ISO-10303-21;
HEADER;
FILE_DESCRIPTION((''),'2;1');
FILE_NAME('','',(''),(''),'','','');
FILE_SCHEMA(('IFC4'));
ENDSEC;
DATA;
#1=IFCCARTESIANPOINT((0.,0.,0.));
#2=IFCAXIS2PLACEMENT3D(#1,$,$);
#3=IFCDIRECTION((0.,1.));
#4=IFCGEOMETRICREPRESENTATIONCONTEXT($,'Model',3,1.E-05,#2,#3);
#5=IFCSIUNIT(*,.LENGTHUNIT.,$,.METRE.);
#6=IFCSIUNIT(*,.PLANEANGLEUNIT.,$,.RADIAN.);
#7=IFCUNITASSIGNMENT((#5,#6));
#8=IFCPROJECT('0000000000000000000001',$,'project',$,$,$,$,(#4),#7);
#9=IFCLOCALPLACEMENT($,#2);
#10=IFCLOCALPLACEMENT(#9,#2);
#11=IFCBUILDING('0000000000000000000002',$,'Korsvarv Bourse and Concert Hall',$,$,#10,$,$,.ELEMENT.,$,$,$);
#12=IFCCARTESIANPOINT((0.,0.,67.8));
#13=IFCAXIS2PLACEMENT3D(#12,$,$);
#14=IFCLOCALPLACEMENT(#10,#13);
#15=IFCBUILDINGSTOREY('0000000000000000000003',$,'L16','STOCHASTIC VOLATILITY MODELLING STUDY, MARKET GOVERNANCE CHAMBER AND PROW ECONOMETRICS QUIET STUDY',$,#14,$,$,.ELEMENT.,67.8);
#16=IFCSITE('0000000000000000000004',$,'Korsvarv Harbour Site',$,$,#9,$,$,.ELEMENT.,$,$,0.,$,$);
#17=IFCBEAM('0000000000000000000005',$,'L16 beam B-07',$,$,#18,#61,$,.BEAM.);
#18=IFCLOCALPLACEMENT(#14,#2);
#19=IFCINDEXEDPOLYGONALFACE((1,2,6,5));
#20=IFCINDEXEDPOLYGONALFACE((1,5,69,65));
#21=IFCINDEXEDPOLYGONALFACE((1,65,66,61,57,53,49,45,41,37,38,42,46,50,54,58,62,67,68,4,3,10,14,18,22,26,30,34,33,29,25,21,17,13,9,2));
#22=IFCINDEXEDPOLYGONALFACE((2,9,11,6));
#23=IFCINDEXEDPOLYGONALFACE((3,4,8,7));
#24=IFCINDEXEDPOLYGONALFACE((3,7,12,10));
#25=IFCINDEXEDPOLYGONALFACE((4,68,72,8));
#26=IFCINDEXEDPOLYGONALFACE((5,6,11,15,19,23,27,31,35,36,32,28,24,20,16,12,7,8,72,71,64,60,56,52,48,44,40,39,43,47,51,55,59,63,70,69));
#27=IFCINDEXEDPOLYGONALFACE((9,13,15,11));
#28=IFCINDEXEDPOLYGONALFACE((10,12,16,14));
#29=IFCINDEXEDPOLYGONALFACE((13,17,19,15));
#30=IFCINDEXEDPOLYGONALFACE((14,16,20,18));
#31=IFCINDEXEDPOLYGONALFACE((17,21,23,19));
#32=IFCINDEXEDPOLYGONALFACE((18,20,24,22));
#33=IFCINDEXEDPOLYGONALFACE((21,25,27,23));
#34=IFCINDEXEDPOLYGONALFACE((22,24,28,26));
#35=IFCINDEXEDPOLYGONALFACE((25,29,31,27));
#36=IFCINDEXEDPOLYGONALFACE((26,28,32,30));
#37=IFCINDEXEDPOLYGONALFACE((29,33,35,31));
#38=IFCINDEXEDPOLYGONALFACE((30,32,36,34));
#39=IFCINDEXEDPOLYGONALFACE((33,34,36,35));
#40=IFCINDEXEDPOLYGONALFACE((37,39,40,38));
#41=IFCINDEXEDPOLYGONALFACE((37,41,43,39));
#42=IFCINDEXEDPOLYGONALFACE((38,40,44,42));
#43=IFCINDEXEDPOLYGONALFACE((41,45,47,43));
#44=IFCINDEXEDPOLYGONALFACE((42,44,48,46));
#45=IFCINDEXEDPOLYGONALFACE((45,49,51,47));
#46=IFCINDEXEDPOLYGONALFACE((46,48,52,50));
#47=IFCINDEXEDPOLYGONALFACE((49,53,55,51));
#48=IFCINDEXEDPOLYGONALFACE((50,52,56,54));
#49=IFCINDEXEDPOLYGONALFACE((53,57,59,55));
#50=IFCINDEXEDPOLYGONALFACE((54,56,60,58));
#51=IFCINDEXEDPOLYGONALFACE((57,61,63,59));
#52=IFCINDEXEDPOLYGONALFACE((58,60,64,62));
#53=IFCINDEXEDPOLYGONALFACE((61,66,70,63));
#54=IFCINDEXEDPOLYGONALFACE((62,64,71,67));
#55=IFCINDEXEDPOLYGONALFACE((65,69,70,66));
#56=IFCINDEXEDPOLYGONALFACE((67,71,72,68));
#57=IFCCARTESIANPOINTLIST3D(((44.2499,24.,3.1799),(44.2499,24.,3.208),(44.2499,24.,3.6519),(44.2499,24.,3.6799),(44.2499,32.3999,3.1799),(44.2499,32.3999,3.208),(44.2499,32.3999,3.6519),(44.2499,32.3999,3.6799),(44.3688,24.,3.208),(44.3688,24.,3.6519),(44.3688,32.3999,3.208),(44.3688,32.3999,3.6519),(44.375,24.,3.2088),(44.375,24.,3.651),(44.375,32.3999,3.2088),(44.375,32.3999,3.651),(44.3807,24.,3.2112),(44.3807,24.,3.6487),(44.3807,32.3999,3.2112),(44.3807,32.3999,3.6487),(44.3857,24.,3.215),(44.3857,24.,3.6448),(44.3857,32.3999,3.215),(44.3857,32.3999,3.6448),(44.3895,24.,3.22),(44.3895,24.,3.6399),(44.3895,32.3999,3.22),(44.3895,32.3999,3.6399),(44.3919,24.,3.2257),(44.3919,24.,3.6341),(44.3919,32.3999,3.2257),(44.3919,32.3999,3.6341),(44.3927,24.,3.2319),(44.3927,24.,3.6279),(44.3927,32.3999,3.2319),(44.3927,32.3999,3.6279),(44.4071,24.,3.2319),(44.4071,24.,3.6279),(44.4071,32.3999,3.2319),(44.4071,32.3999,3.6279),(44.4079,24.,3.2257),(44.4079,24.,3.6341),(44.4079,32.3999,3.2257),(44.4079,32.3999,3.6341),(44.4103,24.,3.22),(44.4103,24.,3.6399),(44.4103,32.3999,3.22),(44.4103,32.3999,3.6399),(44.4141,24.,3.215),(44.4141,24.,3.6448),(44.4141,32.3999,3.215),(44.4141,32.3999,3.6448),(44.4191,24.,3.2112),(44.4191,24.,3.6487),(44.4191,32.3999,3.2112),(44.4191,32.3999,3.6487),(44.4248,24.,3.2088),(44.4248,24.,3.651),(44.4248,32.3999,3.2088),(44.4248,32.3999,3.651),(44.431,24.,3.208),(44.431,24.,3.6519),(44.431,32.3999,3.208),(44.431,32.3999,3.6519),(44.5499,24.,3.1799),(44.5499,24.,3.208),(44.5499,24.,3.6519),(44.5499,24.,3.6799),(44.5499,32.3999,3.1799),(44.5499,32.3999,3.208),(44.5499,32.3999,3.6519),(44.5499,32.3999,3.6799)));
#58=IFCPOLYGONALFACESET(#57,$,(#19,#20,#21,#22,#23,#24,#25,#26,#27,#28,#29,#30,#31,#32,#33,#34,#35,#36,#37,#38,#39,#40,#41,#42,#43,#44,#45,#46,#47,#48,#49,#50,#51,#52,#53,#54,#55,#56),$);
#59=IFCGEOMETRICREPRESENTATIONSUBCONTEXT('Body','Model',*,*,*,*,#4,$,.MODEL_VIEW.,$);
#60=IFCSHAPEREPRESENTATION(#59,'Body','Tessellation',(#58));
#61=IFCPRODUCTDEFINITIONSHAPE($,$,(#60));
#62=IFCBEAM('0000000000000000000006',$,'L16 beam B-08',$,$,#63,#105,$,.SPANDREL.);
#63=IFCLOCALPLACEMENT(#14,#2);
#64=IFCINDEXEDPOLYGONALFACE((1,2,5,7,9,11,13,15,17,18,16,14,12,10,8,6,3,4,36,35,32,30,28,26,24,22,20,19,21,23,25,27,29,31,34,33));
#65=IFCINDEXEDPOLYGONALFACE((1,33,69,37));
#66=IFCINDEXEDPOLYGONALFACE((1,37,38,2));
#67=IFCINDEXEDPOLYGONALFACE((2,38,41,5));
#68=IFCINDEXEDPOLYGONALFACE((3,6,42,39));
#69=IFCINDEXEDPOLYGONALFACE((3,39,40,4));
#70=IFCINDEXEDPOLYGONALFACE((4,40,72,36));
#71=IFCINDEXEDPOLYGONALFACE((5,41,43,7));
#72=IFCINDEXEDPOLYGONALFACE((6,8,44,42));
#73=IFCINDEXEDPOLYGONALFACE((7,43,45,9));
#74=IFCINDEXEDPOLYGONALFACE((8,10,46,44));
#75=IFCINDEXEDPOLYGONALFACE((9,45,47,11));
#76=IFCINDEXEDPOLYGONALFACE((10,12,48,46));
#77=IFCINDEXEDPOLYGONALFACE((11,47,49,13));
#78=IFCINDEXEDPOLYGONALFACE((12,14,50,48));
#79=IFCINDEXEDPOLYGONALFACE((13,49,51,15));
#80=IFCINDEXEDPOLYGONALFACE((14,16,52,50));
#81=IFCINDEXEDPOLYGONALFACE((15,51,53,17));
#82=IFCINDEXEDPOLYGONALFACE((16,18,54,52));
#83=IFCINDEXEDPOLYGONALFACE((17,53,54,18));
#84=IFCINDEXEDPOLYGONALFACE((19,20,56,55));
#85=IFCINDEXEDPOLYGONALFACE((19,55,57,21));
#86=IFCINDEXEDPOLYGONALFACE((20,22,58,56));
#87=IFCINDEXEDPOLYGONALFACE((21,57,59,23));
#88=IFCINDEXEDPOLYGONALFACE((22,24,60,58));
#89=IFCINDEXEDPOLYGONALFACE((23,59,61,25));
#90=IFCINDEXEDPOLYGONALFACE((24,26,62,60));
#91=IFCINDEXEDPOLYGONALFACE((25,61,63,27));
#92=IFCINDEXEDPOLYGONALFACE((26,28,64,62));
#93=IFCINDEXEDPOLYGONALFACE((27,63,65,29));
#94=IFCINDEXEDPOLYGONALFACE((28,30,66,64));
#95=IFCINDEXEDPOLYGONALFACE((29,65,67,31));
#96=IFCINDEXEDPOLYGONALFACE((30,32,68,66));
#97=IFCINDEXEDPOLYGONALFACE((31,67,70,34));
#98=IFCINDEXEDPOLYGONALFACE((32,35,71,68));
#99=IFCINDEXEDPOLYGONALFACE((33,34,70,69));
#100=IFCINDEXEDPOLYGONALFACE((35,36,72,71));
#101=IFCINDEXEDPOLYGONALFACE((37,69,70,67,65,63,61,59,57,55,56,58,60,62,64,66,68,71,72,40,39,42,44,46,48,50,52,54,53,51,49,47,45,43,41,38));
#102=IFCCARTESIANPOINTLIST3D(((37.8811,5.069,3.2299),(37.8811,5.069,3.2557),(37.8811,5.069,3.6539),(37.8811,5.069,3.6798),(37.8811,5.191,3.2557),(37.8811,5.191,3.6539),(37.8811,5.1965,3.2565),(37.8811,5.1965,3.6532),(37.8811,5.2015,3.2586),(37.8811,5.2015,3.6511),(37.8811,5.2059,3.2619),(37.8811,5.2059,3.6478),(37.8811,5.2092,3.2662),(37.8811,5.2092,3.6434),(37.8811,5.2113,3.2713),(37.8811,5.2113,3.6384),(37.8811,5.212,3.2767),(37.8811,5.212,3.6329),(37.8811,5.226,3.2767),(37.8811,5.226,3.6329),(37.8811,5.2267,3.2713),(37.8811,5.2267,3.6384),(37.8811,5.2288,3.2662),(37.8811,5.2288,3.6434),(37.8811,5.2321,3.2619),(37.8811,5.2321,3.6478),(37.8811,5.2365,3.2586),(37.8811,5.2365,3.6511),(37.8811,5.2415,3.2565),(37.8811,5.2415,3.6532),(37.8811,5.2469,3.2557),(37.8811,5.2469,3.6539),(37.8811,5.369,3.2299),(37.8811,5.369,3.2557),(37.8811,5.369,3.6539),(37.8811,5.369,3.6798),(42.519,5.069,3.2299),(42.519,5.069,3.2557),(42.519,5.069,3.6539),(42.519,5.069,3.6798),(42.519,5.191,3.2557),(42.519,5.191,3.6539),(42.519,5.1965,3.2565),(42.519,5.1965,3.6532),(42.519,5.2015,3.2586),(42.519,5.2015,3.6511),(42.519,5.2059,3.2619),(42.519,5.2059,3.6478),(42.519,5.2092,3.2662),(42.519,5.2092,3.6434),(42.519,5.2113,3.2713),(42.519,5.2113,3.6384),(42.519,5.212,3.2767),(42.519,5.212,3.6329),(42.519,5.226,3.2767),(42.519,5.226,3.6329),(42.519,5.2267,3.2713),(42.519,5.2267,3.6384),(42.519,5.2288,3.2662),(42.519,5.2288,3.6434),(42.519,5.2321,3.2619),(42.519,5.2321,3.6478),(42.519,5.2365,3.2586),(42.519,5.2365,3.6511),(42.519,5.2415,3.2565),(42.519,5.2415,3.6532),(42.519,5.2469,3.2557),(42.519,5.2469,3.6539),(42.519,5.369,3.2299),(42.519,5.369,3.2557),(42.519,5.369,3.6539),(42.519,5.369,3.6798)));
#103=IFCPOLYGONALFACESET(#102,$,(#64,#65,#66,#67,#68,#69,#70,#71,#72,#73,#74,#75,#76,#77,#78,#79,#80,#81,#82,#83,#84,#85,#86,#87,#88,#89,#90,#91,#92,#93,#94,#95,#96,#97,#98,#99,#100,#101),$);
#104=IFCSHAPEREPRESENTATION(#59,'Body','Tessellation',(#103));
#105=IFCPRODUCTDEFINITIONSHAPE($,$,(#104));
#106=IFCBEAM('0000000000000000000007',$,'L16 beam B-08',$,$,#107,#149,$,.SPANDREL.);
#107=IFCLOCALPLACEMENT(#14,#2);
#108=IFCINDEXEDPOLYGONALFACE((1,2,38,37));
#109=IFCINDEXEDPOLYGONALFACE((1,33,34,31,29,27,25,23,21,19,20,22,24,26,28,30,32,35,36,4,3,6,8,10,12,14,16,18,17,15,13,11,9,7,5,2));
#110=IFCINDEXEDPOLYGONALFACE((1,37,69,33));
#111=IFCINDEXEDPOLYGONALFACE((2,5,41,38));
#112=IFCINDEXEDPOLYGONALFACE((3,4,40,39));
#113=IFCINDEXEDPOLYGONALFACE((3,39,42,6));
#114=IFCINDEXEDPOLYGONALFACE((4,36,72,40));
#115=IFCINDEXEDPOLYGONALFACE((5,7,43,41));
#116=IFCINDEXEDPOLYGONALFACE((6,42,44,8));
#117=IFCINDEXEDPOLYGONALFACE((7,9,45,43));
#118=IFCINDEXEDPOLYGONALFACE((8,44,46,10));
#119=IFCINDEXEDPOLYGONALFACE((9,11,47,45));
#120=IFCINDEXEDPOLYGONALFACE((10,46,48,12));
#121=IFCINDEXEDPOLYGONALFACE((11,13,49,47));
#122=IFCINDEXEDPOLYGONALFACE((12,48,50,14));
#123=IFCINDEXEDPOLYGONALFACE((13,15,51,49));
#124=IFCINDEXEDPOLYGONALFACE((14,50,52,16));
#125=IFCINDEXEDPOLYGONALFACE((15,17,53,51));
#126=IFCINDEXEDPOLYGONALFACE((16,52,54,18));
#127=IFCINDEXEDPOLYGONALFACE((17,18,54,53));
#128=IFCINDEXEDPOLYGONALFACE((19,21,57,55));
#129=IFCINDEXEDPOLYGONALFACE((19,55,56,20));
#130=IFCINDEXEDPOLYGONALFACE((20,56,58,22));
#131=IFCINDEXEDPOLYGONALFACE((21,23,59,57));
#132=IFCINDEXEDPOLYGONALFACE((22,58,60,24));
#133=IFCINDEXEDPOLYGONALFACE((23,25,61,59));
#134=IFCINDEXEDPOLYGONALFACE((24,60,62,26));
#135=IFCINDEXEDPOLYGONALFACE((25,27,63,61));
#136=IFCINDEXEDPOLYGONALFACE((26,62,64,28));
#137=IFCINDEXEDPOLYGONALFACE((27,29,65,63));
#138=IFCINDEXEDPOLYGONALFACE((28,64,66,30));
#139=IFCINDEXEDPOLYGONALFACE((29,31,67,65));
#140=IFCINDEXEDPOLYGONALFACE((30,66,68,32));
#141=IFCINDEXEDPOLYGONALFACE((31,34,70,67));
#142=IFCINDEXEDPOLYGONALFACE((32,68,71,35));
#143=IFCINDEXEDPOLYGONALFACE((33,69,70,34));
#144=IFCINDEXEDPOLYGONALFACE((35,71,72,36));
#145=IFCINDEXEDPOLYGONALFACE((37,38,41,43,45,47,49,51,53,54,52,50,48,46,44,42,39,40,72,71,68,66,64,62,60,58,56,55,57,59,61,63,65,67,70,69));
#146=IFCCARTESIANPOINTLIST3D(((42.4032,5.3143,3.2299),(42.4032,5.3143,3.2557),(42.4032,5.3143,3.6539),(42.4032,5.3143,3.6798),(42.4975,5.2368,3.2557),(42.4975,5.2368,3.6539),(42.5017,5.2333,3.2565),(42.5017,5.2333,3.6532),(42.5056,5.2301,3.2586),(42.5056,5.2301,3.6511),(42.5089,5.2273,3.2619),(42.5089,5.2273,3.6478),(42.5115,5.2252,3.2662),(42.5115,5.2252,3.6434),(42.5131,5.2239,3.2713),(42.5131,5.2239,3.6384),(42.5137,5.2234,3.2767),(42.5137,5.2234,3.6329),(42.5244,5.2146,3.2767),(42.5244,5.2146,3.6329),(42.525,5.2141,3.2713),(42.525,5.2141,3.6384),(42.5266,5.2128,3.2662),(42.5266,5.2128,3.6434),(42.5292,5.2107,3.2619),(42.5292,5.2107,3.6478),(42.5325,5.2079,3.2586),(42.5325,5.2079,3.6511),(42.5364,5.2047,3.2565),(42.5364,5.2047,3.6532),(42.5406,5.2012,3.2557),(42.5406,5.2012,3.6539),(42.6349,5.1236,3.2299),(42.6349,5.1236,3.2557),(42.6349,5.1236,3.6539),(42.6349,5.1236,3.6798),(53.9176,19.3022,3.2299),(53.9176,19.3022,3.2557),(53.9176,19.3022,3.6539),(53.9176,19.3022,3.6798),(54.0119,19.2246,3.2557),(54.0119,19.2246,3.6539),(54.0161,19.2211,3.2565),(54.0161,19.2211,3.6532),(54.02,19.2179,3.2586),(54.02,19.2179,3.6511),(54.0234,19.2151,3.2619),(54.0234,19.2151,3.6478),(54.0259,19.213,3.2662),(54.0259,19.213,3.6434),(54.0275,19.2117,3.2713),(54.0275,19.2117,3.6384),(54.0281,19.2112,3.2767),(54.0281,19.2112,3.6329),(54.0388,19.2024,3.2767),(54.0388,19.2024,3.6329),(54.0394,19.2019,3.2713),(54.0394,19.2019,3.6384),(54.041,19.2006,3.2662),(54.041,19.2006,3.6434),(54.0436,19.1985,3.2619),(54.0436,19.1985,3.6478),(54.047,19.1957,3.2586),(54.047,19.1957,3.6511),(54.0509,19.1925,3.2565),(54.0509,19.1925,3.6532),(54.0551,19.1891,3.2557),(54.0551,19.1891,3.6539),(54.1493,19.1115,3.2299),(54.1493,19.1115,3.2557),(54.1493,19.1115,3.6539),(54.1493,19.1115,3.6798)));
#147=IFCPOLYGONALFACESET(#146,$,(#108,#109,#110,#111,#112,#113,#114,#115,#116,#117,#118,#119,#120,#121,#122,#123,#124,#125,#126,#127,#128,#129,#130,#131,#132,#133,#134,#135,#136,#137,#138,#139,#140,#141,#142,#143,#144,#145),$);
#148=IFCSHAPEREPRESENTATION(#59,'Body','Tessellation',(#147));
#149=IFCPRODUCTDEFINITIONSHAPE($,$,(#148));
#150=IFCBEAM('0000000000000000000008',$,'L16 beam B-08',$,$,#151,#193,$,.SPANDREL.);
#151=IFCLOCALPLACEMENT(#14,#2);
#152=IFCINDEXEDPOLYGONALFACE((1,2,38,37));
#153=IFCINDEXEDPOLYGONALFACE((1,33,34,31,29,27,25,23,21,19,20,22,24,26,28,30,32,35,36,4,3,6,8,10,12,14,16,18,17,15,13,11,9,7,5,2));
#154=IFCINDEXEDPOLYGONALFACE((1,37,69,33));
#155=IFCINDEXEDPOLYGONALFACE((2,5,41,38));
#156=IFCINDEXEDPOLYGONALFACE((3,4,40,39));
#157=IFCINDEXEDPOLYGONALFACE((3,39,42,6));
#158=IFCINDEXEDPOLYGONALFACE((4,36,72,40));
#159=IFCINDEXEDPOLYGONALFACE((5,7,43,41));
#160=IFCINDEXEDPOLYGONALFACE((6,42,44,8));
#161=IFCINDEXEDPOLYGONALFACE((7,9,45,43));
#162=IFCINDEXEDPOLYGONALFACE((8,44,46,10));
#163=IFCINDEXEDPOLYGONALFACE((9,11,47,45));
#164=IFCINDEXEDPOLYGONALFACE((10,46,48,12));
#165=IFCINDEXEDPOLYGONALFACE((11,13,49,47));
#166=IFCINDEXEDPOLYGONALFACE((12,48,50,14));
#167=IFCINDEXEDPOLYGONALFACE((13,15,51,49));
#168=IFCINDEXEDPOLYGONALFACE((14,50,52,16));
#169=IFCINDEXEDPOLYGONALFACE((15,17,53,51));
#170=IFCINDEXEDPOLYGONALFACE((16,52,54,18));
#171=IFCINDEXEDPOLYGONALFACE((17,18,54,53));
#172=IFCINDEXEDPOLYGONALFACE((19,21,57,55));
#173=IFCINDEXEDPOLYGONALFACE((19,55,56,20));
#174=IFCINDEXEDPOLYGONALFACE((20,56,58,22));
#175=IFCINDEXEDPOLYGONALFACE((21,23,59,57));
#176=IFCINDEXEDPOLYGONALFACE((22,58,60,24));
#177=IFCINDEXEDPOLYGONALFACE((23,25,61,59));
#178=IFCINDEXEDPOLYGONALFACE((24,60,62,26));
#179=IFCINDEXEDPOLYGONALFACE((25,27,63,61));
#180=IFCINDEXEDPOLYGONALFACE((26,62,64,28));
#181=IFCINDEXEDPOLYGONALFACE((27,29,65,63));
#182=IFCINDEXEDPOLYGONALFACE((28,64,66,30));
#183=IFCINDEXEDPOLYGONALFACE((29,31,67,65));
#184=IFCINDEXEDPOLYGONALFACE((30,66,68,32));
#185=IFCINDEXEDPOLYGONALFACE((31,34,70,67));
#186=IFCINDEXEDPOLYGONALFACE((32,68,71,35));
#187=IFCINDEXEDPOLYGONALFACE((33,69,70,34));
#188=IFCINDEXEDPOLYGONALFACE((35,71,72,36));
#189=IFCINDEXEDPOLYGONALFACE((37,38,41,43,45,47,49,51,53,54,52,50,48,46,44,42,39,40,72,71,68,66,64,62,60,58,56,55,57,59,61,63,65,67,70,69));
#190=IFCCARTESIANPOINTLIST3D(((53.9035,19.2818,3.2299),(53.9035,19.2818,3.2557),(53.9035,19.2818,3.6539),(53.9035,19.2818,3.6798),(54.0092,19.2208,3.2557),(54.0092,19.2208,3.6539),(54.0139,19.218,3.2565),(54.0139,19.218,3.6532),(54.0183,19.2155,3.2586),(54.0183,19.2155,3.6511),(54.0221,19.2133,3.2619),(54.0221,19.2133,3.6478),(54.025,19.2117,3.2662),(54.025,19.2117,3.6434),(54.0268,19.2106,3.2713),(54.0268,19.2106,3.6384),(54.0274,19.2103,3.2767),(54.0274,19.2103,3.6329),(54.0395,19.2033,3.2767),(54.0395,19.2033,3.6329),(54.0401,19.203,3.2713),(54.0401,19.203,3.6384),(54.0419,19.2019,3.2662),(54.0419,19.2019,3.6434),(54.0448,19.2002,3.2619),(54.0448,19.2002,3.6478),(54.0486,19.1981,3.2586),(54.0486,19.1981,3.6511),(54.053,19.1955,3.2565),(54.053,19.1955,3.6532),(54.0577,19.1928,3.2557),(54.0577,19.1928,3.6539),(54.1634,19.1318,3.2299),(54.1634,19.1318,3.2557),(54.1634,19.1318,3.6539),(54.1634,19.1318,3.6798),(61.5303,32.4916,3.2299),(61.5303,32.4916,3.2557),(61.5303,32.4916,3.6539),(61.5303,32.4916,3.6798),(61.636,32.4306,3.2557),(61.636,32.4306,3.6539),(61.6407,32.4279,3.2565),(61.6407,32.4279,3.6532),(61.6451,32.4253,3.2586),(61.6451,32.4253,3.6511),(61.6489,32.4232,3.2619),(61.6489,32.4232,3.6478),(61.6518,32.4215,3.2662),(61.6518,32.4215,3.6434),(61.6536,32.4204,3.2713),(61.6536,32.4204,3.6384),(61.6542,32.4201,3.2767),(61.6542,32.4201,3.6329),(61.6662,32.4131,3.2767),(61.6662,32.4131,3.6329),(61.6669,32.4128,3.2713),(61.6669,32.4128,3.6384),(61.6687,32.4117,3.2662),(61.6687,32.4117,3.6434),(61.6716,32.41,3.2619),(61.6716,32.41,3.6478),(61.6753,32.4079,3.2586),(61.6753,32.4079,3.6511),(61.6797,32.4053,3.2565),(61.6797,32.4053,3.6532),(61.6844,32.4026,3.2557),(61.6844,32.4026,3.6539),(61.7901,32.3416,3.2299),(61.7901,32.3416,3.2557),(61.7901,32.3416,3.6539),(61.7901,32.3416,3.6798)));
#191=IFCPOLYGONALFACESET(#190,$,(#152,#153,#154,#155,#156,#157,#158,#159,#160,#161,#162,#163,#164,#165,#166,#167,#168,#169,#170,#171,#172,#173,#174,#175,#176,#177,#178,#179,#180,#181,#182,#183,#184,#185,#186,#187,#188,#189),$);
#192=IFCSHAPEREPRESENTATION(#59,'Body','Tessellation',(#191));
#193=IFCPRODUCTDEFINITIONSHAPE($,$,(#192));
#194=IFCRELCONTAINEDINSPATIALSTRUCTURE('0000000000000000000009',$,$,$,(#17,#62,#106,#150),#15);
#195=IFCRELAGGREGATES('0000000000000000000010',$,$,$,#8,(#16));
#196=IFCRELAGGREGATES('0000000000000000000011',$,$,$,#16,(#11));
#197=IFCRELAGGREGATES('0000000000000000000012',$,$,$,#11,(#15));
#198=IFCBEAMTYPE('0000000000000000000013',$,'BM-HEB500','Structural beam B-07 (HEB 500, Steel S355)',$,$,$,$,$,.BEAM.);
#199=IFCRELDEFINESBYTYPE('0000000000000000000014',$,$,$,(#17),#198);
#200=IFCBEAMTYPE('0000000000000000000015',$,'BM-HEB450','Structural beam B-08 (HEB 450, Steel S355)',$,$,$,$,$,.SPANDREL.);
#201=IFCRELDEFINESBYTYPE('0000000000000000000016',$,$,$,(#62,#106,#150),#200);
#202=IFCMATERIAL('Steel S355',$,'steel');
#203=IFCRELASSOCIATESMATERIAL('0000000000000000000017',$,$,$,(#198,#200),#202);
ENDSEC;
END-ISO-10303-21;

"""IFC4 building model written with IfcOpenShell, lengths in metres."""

from ifc_helpers import new_model, si_unit, direction, frame, origin, origin_2d, place, context, subcontext, project, spatial, i_section, extrude, source, transform, mapped, material, material_profile, profile_set, type_object, element, save


model = new_model("IFC4")

# Units and contexts
model_context = context("Model", 3, precision=1e-05, world=origin(), true_north=direction((0.0, 1.0)))
body_context = subcontext(model_context, "Body", "Model", "MODEL_VIEW")
ifc_project = project(units=[si_unit("LENGTHUNIT", "METRE"), si_unit("PLANEANGLEUNIT", "RADIAN")], contexts=[model_context])

# Site, building, storey
site_placement = place(None, origin())
site = spatial("IfcSite", under=ifc_project, at=site_placement, Name="Korsvarv Harbour Site", CompositionType="ELEMENT", RefElevation=0.0)
building_placement = place(site_placement, origin())
building = spatial("IfcBuilding", under=site, at=building_placement, Name="Korsvarv Bourse and Concert Hall", CompositionType="ELEMENT")
storey_placement = place(building_placement, frame((0.0, 0.0, 67.8)))
storey = spatial("IfcBuildingStorey", under=building, at=storey_placement, Name="L16", Description="STOCHASTIC VOLATILITY MODELLING STUDY, MARKET GOVERNANCE CHAMBER AND PROW ECONOMETRICS QUIET STUDY", CompositionType="ELEMENT", Elevation=67.8)

# Beams
ifc_material_1 = material(Name="Steel S355", Category="steel")
ifc_material_profile_1 = material_profile(ifc_material_1, i_section(OverallWidth=0.3, OverallDepth=0.5, WebThickness=0.0144, FlangeThickness=0.0281, FilletRadius=0.0239, at=origin_2d()), Name="HEB 500")
ifc_profile_set_1 = profile_set([ifc_material_profile_1], Name="Steel S355")
beam_type_1 = type_object("IfcBeamType", Name="BM-HEB500", Description="Structural beam B-07 (HEB 500, Steel S355)", PredefinedType="BEAM", material=ifc_profile_set_1)
shared_shape_1 = source(origin(), body_context, "Body", "SweptSolid", [
    extrude(i_section(OverallWidth=0.3, OverallDepth=0.5, WebThickness=0.0144, FlangeThickness=0.0281, FilletRadius=0.0239, at=origin_2d()), origin(), (0.0, 0.0, 1.0), 8.3999),
])
beam_1_placement = place(storey_placement, frame((44.3999, 24.0, 3.4299), z_axis=(0.0, 1.0, 0.0), x_axis=(-1.0, 0.0, 0.0)))
element("IfcBeam", 1, at=beam_1_placement, inside=storey, type_object=beam_type_1, Name="L16 beam B-07", PredefinedType="BEAM", context=body_context, shape_type="MappedRepresentation", body=[
    mapped(shared_shape_1, transform((0.0, 0.0, 0.0), scale=1.0)),
])
ifc_material_profile_2 = material_profile(ifc_material_1, i_section(OverallWidth=0.3, OverallDepth=0.45, WebThickness=0.0139, FlangeThickness=0.0259, FilletRadius=0.021, at=origin_2d()), Name="HEB 450")
ifc_profile_set_2 = profile_set([ifc_material_profile_2], Name="Steel S355")
beam_type_2 = type_object("IfcBeamType", Name="BM-HEB450", Description="Structural beam B-08 (HEB 450, Steel S355)", PredefinedType="SPANDREL", material=ifc_profile_set_2)
shared_shape_2 = source(origin(), body_context, "Body", "SweptSolid", [
    extrude(i_section(OverallWidth=0.3, OverallDepth=0.45, WebThickness=0.0139, FlangeThickness=0.0259, FilletRadius=0.021, at=origin_2d()), origin(), (0.0, 0.0, 1.0), 4.6379),
])
beam_2_placement = place(storey_placement, frame((37.8811, 5.219, 3.4548), z_axis=(1.0, 0.0, 0.0), x_axis=(0.0, 1.0, 0.0)))
element("IfcBeam", 2, at=beam_2_placement, inside=storey, type_object=beam_type_2, Name="L16 beam B-08", PredefinedType="SPANDREL", context=body_context, shape_type="MappedRepresentation", body=[
    mapped(shared_shape_2, transform((0.0, 0.0, 0.0), scale=1.0)),
])
shared_shape_3 = source(origin(), body_context, "Body", "SweptSolid", [
    extrude(i_section(OverallWidth=0.3, OverallDepth=0.45, WebThickness=0.0139, FlangeThickness=0.0259, FilletRadius=0.021, at=origin_2d()), origin(), (0.0, 0.0, 1.0), 18.1174),
])
beam_3_placement = place(storey_placement, frame((42.519, 5.219, 3.4548), z_axis=(0.635544, 0.772064, 0.0), x_axis=(-0.772064, 0.635544, 0.0)))
element("IfcBeam", 3, at=beam_3_placement, inside=storey, type_object=beam_type_2, Name="L16 beam B-08", PredefinedType="SPANDREL", context=body_context, shape_type="MappedRepresentation", body=[
    mapped(shared_shape_3, transform((0.0, 0.0, 0.0), scale=1.0)),
])
shared_shape_4 = source(origin(), body_context, "Body", "SweptSolid", [
    extrude(i_section(OverallWidth=0.3, OverallDepth=0.45, WebThickness=0.0139, FlangeThickness=0.0259, FilletRadius=0.021, at=origin_2d()), origin(), (0.0, 0.0, 1.0), 15.2534),
])
beam_4_placement = place(storey_placement, frame((54.0334, 19.2068, 3.4548), z_axis=(0.500004, 0.866023, 0.0), x_axis=(-0.866023, 0.500004, 0.0)))
element("IfcBeam", 4, at=beam_4_placement, inside=storey, type_object=beam_type_2, Name="L16 beam B-08", PredefinedType="SPANDREL", context=body_context, shape_type="MappedRepresentation", body=[
    mapped(shared_shape_4, transform((0.0, 0.0, 0.0), scale=1.0)),
])

save(model, "model.ifc")
